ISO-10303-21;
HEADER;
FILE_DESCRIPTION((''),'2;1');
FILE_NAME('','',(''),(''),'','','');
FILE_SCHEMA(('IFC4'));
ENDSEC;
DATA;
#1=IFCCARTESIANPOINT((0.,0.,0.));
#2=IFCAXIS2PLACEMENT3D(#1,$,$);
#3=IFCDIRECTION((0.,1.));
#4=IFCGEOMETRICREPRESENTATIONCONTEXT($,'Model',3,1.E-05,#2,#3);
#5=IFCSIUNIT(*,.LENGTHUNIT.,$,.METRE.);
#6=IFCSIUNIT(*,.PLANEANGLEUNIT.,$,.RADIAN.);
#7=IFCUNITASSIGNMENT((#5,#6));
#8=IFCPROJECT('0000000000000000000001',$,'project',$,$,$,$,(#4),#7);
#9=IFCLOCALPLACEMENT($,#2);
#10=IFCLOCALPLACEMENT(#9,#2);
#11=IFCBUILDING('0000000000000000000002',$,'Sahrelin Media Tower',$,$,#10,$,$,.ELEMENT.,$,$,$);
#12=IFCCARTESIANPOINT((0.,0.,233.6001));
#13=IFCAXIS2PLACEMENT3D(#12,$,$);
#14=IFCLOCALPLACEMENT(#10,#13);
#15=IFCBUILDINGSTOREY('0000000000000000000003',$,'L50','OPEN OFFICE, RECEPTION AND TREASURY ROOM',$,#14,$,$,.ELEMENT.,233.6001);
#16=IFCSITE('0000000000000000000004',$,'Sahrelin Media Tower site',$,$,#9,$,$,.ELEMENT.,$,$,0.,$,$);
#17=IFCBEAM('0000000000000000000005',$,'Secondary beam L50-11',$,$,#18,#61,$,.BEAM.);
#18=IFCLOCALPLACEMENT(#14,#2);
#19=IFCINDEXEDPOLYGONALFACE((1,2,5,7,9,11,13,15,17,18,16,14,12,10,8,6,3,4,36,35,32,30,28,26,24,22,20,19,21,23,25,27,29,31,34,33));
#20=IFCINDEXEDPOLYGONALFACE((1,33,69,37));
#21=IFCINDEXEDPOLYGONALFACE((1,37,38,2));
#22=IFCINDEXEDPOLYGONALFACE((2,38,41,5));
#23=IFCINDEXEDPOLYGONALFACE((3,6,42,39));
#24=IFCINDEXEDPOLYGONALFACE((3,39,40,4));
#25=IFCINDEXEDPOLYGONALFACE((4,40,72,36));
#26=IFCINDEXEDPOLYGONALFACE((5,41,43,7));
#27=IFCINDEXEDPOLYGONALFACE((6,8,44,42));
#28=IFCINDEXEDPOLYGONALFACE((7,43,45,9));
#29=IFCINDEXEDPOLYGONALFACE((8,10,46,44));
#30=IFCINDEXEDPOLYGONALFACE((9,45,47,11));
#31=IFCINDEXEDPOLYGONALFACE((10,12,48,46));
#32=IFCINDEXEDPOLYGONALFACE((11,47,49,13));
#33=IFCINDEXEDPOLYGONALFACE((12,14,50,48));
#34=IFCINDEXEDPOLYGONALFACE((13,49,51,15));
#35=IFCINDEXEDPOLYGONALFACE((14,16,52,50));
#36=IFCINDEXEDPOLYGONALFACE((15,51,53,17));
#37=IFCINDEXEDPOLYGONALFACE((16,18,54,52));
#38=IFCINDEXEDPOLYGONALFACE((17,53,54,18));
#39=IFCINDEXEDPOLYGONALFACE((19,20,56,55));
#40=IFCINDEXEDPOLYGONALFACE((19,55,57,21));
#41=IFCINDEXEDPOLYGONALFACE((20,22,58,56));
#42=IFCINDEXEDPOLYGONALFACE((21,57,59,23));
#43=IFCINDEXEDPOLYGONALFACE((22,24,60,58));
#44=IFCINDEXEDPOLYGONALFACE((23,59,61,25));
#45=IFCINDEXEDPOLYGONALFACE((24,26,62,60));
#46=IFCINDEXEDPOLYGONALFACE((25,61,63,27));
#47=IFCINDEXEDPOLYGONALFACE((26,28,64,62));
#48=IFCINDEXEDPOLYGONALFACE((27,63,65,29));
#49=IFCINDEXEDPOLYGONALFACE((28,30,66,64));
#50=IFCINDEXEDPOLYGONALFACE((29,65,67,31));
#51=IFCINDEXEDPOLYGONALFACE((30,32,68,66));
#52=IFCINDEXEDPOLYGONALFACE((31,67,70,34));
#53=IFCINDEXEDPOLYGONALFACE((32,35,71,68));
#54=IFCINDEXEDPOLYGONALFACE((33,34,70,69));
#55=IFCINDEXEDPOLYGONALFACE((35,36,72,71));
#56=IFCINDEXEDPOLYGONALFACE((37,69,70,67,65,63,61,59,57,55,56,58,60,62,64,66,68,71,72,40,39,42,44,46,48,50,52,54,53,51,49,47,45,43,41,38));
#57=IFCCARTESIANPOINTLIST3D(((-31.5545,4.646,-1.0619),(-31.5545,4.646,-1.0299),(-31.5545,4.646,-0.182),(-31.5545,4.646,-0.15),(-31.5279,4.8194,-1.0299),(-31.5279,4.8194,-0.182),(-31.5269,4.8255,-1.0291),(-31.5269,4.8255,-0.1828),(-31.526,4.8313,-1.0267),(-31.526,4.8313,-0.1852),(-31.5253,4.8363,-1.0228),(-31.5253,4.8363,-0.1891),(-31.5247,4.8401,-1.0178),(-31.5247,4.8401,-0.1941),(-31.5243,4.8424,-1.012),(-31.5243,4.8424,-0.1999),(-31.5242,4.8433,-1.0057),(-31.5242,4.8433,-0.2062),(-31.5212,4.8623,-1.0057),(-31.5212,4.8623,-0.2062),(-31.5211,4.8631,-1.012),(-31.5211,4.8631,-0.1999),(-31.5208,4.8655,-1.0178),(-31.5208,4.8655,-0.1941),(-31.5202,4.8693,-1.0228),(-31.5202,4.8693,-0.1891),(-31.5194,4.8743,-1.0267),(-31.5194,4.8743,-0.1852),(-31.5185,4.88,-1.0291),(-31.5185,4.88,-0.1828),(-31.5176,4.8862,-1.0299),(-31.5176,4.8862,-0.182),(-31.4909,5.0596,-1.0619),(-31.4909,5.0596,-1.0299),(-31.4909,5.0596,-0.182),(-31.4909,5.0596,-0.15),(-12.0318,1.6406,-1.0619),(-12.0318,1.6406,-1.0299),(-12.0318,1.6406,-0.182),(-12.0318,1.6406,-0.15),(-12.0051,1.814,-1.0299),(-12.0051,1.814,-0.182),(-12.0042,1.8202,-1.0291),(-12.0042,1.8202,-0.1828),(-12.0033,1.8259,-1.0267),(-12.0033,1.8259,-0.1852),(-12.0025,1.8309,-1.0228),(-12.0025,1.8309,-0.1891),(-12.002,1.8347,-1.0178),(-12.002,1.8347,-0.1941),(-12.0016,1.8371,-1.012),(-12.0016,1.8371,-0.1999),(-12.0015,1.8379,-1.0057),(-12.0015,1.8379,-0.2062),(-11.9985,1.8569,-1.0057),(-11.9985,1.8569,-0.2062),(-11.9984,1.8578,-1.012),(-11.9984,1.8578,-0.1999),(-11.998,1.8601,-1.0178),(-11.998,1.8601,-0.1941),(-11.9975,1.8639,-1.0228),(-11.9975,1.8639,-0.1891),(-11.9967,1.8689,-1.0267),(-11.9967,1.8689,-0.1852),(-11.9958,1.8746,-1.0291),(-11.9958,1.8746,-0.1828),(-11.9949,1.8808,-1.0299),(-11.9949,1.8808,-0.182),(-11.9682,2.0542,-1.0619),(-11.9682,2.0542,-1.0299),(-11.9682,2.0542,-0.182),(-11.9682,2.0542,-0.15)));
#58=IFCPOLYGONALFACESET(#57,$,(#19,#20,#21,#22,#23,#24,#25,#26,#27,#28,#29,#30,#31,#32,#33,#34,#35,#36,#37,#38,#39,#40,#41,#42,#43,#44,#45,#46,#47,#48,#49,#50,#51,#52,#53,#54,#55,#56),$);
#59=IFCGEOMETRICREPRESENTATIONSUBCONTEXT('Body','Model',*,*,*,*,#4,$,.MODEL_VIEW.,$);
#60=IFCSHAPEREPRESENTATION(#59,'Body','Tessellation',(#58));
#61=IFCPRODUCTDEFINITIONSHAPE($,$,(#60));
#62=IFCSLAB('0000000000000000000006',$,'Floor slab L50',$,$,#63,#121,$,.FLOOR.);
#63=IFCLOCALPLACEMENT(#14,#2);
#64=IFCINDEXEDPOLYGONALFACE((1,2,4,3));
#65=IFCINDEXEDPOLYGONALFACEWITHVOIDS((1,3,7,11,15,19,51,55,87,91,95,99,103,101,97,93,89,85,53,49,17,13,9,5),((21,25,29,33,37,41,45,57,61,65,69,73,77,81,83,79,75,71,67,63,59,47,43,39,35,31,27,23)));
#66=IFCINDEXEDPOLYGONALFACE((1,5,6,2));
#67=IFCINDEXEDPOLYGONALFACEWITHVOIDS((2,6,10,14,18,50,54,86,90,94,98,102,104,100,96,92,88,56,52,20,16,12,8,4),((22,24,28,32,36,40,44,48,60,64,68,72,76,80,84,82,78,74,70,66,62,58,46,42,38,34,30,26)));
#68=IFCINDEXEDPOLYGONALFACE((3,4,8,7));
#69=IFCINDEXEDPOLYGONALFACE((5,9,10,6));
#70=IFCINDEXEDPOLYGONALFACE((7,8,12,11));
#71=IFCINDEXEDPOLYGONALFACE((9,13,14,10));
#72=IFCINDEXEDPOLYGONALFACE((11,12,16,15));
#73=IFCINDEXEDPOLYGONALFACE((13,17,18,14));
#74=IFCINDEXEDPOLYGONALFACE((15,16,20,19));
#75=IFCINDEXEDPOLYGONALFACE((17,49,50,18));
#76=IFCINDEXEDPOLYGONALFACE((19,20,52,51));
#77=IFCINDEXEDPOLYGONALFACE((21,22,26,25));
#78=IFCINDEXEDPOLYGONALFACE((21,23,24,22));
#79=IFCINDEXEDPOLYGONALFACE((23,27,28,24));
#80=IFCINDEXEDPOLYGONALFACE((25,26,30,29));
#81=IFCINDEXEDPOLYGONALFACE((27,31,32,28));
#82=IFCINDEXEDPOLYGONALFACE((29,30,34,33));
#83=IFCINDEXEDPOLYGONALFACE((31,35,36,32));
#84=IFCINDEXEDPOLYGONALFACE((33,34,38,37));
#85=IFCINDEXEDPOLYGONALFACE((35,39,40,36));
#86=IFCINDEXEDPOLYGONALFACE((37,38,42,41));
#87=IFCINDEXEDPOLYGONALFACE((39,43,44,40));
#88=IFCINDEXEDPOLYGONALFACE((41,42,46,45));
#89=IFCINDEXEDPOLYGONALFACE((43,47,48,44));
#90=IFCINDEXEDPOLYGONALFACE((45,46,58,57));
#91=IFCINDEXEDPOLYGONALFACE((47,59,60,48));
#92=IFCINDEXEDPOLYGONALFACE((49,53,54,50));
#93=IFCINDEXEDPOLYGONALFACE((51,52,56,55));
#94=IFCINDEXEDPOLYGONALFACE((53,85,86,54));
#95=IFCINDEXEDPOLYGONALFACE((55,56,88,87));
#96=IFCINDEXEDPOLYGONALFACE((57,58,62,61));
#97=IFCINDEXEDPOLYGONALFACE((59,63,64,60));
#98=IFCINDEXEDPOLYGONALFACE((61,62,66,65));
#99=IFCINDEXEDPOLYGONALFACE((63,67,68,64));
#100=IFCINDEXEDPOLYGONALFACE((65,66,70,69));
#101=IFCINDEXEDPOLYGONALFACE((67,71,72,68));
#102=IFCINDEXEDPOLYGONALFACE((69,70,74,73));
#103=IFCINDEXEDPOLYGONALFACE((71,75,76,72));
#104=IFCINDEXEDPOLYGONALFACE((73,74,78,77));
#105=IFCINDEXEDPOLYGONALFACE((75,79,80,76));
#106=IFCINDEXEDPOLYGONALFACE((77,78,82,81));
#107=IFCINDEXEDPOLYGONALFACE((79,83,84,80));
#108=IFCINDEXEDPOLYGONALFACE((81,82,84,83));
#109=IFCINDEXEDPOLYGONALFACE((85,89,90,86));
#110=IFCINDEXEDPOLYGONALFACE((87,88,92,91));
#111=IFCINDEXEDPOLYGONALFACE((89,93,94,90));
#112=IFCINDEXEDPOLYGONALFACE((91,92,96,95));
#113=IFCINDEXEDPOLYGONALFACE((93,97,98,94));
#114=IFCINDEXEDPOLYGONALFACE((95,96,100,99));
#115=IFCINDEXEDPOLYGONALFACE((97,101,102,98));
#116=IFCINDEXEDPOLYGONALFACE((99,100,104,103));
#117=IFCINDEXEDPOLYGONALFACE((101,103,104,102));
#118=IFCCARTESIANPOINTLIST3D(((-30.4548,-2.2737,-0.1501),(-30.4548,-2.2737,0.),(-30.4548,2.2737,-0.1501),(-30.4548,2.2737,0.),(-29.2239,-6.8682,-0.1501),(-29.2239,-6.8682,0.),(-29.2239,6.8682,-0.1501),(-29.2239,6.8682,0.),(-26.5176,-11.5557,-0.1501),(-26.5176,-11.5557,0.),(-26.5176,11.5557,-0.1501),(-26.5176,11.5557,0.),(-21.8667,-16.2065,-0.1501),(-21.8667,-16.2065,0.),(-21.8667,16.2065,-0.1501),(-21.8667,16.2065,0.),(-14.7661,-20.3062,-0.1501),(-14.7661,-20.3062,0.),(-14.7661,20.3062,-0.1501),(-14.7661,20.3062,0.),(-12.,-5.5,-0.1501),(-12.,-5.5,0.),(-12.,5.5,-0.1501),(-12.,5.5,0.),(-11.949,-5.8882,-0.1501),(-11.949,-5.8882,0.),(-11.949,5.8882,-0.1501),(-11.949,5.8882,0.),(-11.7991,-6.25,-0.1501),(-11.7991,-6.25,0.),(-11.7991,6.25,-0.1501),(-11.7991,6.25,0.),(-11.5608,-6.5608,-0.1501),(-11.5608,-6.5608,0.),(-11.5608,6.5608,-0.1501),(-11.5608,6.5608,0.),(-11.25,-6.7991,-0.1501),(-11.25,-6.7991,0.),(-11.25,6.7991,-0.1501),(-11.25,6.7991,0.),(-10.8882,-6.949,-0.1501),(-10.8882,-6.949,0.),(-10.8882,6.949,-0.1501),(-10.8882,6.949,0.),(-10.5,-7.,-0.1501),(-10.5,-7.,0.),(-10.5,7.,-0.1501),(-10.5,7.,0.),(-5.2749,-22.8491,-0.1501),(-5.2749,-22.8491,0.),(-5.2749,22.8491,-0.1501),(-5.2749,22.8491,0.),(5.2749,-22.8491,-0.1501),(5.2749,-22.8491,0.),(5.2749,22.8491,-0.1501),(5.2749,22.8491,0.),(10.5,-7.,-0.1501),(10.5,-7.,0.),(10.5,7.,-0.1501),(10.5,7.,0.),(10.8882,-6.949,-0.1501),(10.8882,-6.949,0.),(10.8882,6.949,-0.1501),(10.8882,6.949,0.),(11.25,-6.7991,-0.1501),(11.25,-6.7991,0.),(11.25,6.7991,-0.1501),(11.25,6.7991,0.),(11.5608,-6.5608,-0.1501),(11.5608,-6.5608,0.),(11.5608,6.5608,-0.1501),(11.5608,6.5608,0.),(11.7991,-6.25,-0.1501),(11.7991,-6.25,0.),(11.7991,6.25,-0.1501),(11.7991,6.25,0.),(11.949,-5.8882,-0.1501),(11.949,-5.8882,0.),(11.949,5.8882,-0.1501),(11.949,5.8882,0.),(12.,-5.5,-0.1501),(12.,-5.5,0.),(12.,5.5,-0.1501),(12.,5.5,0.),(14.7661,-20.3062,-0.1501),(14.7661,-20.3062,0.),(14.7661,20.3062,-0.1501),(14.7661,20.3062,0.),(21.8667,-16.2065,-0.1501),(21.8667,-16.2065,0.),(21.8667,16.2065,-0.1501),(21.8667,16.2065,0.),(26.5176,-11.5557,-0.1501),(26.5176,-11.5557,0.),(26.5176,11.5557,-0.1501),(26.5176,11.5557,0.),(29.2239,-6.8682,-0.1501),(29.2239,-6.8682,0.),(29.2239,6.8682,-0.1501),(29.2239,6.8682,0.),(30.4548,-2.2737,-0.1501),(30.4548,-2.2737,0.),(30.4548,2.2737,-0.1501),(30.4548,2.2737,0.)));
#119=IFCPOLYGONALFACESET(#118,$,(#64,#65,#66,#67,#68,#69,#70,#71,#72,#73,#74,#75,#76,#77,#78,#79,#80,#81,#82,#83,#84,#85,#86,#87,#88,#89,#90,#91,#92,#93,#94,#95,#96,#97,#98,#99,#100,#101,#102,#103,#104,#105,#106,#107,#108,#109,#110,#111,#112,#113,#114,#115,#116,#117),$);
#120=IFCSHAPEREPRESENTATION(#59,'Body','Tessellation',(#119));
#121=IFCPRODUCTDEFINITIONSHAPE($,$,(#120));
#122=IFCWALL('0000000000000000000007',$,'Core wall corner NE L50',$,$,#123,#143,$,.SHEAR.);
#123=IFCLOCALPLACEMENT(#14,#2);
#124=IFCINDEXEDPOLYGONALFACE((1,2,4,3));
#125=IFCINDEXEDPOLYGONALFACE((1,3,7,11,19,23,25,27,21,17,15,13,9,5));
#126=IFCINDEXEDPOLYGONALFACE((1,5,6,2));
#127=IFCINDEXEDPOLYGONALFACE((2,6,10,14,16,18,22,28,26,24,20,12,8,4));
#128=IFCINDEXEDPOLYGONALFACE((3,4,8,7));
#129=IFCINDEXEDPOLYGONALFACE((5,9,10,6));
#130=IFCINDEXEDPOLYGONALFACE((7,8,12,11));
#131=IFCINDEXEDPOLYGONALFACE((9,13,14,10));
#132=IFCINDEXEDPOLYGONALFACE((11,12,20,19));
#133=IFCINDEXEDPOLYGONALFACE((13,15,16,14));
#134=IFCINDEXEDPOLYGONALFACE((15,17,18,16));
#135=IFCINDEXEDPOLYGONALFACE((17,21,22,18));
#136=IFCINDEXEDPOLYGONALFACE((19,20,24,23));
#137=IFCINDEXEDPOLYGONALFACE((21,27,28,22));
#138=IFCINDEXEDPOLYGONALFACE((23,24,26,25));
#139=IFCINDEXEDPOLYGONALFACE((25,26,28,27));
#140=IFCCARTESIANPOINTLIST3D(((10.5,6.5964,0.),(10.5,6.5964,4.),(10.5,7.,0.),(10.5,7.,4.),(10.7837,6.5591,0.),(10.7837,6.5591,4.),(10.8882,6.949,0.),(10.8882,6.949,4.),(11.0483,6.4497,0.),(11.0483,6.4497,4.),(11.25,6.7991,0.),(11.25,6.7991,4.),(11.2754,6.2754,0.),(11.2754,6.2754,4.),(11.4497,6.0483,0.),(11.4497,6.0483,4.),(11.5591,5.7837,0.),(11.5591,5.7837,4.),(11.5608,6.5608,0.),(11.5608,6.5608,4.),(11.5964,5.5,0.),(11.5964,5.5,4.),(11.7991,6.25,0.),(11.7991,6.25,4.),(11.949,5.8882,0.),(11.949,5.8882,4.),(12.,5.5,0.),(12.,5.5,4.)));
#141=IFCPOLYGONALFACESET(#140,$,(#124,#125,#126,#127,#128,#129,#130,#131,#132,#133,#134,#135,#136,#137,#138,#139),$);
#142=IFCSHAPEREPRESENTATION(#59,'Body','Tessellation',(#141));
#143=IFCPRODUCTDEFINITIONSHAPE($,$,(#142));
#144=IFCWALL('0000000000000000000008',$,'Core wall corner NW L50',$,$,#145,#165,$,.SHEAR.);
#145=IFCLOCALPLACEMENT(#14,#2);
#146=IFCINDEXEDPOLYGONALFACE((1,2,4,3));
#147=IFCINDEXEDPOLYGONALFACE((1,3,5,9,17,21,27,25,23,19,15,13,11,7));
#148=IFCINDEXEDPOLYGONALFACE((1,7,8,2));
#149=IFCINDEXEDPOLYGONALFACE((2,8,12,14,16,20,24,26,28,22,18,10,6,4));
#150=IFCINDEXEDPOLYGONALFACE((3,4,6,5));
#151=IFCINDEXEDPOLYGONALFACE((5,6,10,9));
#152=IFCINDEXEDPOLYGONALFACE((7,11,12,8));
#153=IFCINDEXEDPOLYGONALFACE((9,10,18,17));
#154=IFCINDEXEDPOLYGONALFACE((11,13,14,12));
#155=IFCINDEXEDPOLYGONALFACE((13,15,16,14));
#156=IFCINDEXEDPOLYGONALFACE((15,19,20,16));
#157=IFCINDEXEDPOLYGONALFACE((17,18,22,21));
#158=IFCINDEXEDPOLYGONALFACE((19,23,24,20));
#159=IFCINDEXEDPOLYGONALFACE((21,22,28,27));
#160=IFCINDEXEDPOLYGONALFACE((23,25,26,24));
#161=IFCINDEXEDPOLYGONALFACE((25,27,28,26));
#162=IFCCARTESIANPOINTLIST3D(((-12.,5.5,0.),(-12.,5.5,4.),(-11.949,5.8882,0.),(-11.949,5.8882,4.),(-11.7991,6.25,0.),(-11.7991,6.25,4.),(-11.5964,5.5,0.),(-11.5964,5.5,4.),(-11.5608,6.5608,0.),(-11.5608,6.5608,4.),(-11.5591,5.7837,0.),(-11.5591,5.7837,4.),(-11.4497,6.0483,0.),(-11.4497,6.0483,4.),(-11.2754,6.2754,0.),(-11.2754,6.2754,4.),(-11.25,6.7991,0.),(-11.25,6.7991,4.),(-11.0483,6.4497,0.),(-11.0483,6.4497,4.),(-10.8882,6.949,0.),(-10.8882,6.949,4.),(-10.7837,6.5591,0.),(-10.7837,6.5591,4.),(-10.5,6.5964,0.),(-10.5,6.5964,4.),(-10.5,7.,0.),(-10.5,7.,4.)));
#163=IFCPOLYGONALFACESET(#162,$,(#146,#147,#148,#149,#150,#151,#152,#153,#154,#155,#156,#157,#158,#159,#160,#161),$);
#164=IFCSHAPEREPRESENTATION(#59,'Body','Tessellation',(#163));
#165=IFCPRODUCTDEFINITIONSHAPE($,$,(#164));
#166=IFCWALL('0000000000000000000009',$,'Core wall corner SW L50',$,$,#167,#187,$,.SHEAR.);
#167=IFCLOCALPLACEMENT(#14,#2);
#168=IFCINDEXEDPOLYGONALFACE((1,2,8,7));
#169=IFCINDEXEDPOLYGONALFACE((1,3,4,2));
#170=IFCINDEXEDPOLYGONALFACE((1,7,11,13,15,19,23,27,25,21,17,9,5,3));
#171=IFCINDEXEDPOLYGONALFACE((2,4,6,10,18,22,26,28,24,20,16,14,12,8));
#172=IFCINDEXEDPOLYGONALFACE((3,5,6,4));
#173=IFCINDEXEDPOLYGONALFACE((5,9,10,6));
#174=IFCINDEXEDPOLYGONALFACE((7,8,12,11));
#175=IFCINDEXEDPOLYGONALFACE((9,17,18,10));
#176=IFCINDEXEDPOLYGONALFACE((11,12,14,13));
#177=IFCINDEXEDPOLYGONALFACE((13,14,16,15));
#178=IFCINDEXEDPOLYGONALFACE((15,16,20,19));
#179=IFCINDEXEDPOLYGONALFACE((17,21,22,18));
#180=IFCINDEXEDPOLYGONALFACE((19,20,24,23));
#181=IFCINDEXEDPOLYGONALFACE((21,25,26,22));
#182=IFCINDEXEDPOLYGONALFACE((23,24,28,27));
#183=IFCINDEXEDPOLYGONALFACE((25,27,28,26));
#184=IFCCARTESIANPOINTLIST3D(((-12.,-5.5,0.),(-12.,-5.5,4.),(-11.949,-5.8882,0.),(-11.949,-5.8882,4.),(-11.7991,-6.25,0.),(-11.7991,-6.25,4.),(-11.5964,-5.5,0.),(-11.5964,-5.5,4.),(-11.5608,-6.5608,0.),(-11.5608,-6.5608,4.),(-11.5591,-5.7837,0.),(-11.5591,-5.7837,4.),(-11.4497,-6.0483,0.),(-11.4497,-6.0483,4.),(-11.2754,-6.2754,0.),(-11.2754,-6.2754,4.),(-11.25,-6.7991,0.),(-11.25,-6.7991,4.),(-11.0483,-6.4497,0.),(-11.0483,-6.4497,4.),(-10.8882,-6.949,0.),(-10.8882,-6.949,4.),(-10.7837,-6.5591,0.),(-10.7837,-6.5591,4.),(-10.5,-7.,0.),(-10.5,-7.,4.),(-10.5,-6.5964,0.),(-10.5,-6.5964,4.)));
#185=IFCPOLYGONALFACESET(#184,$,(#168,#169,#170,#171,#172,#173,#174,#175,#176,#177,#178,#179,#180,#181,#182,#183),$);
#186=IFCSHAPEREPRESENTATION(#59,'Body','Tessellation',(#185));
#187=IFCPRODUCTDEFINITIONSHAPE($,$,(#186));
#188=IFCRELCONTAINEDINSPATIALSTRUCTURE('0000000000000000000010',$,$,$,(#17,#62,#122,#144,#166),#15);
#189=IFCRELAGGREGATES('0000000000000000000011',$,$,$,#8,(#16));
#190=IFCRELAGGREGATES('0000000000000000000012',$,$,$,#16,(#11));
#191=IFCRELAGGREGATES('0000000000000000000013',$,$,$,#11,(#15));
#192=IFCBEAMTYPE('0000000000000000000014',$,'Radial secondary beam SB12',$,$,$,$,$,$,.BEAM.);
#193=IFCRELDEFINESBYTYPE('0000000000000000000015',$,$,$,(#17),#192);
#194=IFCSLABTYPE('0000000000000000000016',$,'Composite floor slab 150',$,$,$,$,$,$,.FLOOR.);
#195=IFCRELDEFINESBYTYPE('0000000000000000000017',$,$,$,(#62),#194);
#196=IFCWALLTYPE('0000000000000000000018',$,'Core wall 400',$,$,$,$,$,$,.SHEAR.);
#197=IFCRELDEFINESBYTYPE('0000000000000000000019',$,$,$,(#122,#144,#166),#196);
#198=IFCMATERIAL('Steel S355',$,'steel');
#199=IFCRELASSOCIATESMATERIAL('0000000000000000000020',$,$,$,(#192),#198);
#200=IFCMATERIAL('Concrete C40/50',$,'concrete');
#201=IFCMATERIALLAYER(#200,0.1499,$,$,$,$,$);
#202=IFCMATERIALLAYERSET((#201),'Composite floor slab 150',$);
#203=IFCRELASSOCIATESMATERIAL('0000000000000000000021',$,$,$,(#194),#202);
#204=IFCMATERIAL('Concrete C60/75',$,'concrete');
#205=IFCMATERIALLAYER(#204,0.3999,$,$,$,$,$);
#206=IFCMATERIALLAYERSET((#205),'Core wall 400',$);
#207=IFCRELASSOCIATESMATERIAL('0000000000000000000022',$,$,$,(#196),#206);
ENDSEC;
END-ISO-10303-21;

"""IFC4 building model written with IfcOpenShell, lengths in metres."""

from ifc_helpers import new_model, si_unit, direction, frame, origin, origin_2d, place, context, subcontext, project, spatial, polyline, i_section, outline, extrude, material, layer, layer_set, material_profile, profile_set, type_object, element, save


model = new_model("IFC4")

# Units and contexts
model_context = context("Model", 3, precision=1e-05, world=origin(), true_north=direction((0.0, 1.0)))
body_context = subcontext(model_context, "Body", "Model", "MODEL_VIEW")
ifc_project = project(units=[si_unit("LENGTHUNIT", "METRE"), si_unit("PLANEANGLEUNIT", "RADIAN")], contexts=[model_context])

# Site, building, storey
site_placement = place(None, origin())
site = spatial("IfcSite", under=ifc_project, at=site_placement, Name="Sahrelin Media Tower site", CompositionType="ELEMENT", RefElevation=0.0)
building_placement = place(site_placement, origin())
building = spatial("IfcBuilding", under=site, at=building_placement, Name="Sahrelin Media Tower", CompositionType="ELEMENT")
storey_placement = place(building_placement, frame((0.0, 0.0, 233.6001)))
storey = spatial("IfcBuildingStorey", under=building, at=storey_placement, Name="L50", Description="OPEN OFFICE, RECEPTION AND TREASURY ROOM", CompositionType="ELEMENT", Elevation=233.6001)

# Beam
ifc_material_1 = material(Name="Steel S355", Category="steel")
ifc_material_profile_1 = material_profile(ifc_material_1, i_section(OverallWidth=0.4185, OverallDepth=0.9119, WebThickness=0.0193, FlangeThickness=0.032, FilletRadius=0.0242, at=origin_2d()), Name="UB 914x419x343")
ifc_profile_set_1 = profile_set([ifc_material_profile_1], Name="Steel S355")
beam_type_1 = type_object("IfcBeamType", Name="Radial secondary beam SB12", PredefinedType="BEAM", material=ifc_profile_set_1)
beam_1_placement = place(storey_placement, frame((-12.0, 1.8474, -0.606), z_axis=(-0.988357, 0.15215, 0.0), x_axis=(-0.15215, -0.988357, 0.0)))
element("IfcBeam", 1, at=beam_1_placement, inside=storey, type_object=beam_type_1, Name="Secondary beam L50-11", PredefinedType="BEAM", context=body_context, shape_type="SweptSolid", body=[
    extrude(i_section(OverallWidth=0.4185, OverallDepth=0.9119, WebThickness=0.0193, FlangeThickness=0.032, FilletRadius=0.0242, at=origin_2d()), origin(), (0.0, 0.0, 1.0), 19.7527),
])

# Slab
ifc_material_2 = material(Name="Concrete C40/50", Category="concrete")
ifc_layer_1 = layer(ifc_material_2, 0.1499)
ifc_layer_set_1 = layer_set([ifc_layer_1], Name="Composite floor slab 150")
slab_type = type_object("IfcSlabType", Name="Composite floor slab 150", PredefinedType="FLOOR", material=ifc_layer_set_1)
slab_placement = place(storey_placement, frame((0.0, 0.0, -0.1501)))
element("IfcSlab", 2, at=slab_placement, inside=storey, type_object=slab_type, Name="Floor slab L50", PredefinedType="FLOOR", context=body_context, shape_type="SweptSolid", body=[
    extrude(outline(polyline([(30.4548, -2.2737), (30.4548, 2.2737), (29.2239, 6.8682), (26.5176, 11.5557), (21.8667, 16.2065), (14.7661, 20.3062), (5.2749, 22.8491), (-5.2749, 22.8491), (-14.7661, 20.3062), (-21.8667, 16.2065), (-26.5176, 11.5557), (-29.2239, 6.8682), (-30.4548, 2.2737), (-30.4548, -2.2737), (-29.2239, -6.8682), (-26.5176, -11.5557), (-21.8667, -16.2065), (-14.7661, -20.3062), (-5.2749, -22.8491), (5.2749, -22.8491), (14.7661, -20.3062), (21.8667, -16.2065), (26.5176, -11.5557), (29.2239, -6.8682), (30.4548, -2.2737)]), holes=[polyline([(11.949, 5.8882), (12.0, 5.5), (12.0, -5.5), (11.949, -5.8882), (11.7991, -6.25), (11.5608, -6.5608), (11.25, -6.7991), (10.8882, -6.949), (10.5, -7.0), (-10.5, -7.0), (-10.8882, -6.949), (-11.25, -6.7991), (-11.5608, -6.5608), (-11.7991, -6.25), (-11.949, -5.8882), (-12.0, -5.5), (-12.0, 5.5), (-11.949, 5.8882), (-11.7991, 6.25), (-11.5608, 6.5608), (-11.25, 6.7991), (-10.8882, 6.949), (-10.5, 7.0), (10.5, 7.0), (10.8882, 6.949), (11.25, 6.7991), (11.5608, 6.5608), (11.7991, 6.25), (11.949, 5.8882)])]), origin(), (0.0, 0.0, 1.0), 0.1501),
])

# Walls
ifc_material_3 = material(Name="Concrete C60/75", Category="concrete")
ifc_layer_2 = layer(ifc_material_3, 0.3999)
ifc_layer_set_2 = layer_set([ifc_layer_2], Name="Core wall 400")
wall_type_1 = type_object("IfcWallType", Name="Core wall 400", PredefinedType="SHEAR", material=ifc_layer_set_2)
placement = place(storey_placement, origin())
element("IfcWall", 3, at=placement, inside=storey, type_object=wall_type_1, Name="Core wall corner NE L50", PredefinedType="SHEAR", context=body_context, shape_type="SweptSolid", body=[
    extrude(outline(polyline([(10.5, 7.0), (10.5, 6.5964), (10.7837, 6.5591), (11.0483, 6.4497), (11.2754, 6.2754), (11.4497, 6.0483), (11.5591, 5.7837), (11.5964, 5.5), (12.0, 5.5), (11.949, 5.8882), (11.7991, 6.25), (11.5608, 6.5608), (11.25, 6.7991), (10.8882, 6.949), (10.5, 7.0)])), origin(), (0.0, 0.0, 1.0), 4.0),
])
element("IfcWall", 4, at=placement, inside=storey, type_object=wall_type_1, Name="Core wall corner NW L50", PredefinedType="SHEAR", context=body_context, shape_type="SweptSolid", body=[
    extrude(outline(polyline([(-12.0, 5.5), (-11.5964, 5.5), (-11.5591, 5.7837), (-11.4497, 6.0483), (-11.2754, 6.2754), (-11.0483, 6.4497), (-10.7837, 6.5591), (-10.5, 6.5964), (-10.5, 7.0), (-10.8882, 6.949), (-11.25, 6.7991), (-11.5608, 6.5608), (-11.7991, 6.25), (-11.949, 5.8882), (-12.0, 5.5)])), origin(), (0.0, 0.0, 1.0), 4.0),
])
element("IfcWall", 5, at=placement, inside=storey, type_object=wall_type_1, Name="Core wall corner SW L50", PredefinedType="SHEAR", context=body_context, shape_type="SweptSolid", body=[
    extrude(outline(polyline([(-10.5, -7.0), (-10.5, -6.5964), (-10.7837, -6.5591), (-11.0483, -6.4497), (-11.2754, -6.2754), (-11.4497, -6.0483), (-11.5591, -5.7837), (-11.5964, -5.5), (-12.0, -5.5), (-11.949, -5.8882), (-11.7991, -6.25), (-11.5608, -6.5608), (-11.25, -6.7991), (-10.8882, -6.949), (-10.5, -7.0)])), origin(), (0.0, 0.0, 1.0), 4.0),
])

save(model, "model.ifc")
